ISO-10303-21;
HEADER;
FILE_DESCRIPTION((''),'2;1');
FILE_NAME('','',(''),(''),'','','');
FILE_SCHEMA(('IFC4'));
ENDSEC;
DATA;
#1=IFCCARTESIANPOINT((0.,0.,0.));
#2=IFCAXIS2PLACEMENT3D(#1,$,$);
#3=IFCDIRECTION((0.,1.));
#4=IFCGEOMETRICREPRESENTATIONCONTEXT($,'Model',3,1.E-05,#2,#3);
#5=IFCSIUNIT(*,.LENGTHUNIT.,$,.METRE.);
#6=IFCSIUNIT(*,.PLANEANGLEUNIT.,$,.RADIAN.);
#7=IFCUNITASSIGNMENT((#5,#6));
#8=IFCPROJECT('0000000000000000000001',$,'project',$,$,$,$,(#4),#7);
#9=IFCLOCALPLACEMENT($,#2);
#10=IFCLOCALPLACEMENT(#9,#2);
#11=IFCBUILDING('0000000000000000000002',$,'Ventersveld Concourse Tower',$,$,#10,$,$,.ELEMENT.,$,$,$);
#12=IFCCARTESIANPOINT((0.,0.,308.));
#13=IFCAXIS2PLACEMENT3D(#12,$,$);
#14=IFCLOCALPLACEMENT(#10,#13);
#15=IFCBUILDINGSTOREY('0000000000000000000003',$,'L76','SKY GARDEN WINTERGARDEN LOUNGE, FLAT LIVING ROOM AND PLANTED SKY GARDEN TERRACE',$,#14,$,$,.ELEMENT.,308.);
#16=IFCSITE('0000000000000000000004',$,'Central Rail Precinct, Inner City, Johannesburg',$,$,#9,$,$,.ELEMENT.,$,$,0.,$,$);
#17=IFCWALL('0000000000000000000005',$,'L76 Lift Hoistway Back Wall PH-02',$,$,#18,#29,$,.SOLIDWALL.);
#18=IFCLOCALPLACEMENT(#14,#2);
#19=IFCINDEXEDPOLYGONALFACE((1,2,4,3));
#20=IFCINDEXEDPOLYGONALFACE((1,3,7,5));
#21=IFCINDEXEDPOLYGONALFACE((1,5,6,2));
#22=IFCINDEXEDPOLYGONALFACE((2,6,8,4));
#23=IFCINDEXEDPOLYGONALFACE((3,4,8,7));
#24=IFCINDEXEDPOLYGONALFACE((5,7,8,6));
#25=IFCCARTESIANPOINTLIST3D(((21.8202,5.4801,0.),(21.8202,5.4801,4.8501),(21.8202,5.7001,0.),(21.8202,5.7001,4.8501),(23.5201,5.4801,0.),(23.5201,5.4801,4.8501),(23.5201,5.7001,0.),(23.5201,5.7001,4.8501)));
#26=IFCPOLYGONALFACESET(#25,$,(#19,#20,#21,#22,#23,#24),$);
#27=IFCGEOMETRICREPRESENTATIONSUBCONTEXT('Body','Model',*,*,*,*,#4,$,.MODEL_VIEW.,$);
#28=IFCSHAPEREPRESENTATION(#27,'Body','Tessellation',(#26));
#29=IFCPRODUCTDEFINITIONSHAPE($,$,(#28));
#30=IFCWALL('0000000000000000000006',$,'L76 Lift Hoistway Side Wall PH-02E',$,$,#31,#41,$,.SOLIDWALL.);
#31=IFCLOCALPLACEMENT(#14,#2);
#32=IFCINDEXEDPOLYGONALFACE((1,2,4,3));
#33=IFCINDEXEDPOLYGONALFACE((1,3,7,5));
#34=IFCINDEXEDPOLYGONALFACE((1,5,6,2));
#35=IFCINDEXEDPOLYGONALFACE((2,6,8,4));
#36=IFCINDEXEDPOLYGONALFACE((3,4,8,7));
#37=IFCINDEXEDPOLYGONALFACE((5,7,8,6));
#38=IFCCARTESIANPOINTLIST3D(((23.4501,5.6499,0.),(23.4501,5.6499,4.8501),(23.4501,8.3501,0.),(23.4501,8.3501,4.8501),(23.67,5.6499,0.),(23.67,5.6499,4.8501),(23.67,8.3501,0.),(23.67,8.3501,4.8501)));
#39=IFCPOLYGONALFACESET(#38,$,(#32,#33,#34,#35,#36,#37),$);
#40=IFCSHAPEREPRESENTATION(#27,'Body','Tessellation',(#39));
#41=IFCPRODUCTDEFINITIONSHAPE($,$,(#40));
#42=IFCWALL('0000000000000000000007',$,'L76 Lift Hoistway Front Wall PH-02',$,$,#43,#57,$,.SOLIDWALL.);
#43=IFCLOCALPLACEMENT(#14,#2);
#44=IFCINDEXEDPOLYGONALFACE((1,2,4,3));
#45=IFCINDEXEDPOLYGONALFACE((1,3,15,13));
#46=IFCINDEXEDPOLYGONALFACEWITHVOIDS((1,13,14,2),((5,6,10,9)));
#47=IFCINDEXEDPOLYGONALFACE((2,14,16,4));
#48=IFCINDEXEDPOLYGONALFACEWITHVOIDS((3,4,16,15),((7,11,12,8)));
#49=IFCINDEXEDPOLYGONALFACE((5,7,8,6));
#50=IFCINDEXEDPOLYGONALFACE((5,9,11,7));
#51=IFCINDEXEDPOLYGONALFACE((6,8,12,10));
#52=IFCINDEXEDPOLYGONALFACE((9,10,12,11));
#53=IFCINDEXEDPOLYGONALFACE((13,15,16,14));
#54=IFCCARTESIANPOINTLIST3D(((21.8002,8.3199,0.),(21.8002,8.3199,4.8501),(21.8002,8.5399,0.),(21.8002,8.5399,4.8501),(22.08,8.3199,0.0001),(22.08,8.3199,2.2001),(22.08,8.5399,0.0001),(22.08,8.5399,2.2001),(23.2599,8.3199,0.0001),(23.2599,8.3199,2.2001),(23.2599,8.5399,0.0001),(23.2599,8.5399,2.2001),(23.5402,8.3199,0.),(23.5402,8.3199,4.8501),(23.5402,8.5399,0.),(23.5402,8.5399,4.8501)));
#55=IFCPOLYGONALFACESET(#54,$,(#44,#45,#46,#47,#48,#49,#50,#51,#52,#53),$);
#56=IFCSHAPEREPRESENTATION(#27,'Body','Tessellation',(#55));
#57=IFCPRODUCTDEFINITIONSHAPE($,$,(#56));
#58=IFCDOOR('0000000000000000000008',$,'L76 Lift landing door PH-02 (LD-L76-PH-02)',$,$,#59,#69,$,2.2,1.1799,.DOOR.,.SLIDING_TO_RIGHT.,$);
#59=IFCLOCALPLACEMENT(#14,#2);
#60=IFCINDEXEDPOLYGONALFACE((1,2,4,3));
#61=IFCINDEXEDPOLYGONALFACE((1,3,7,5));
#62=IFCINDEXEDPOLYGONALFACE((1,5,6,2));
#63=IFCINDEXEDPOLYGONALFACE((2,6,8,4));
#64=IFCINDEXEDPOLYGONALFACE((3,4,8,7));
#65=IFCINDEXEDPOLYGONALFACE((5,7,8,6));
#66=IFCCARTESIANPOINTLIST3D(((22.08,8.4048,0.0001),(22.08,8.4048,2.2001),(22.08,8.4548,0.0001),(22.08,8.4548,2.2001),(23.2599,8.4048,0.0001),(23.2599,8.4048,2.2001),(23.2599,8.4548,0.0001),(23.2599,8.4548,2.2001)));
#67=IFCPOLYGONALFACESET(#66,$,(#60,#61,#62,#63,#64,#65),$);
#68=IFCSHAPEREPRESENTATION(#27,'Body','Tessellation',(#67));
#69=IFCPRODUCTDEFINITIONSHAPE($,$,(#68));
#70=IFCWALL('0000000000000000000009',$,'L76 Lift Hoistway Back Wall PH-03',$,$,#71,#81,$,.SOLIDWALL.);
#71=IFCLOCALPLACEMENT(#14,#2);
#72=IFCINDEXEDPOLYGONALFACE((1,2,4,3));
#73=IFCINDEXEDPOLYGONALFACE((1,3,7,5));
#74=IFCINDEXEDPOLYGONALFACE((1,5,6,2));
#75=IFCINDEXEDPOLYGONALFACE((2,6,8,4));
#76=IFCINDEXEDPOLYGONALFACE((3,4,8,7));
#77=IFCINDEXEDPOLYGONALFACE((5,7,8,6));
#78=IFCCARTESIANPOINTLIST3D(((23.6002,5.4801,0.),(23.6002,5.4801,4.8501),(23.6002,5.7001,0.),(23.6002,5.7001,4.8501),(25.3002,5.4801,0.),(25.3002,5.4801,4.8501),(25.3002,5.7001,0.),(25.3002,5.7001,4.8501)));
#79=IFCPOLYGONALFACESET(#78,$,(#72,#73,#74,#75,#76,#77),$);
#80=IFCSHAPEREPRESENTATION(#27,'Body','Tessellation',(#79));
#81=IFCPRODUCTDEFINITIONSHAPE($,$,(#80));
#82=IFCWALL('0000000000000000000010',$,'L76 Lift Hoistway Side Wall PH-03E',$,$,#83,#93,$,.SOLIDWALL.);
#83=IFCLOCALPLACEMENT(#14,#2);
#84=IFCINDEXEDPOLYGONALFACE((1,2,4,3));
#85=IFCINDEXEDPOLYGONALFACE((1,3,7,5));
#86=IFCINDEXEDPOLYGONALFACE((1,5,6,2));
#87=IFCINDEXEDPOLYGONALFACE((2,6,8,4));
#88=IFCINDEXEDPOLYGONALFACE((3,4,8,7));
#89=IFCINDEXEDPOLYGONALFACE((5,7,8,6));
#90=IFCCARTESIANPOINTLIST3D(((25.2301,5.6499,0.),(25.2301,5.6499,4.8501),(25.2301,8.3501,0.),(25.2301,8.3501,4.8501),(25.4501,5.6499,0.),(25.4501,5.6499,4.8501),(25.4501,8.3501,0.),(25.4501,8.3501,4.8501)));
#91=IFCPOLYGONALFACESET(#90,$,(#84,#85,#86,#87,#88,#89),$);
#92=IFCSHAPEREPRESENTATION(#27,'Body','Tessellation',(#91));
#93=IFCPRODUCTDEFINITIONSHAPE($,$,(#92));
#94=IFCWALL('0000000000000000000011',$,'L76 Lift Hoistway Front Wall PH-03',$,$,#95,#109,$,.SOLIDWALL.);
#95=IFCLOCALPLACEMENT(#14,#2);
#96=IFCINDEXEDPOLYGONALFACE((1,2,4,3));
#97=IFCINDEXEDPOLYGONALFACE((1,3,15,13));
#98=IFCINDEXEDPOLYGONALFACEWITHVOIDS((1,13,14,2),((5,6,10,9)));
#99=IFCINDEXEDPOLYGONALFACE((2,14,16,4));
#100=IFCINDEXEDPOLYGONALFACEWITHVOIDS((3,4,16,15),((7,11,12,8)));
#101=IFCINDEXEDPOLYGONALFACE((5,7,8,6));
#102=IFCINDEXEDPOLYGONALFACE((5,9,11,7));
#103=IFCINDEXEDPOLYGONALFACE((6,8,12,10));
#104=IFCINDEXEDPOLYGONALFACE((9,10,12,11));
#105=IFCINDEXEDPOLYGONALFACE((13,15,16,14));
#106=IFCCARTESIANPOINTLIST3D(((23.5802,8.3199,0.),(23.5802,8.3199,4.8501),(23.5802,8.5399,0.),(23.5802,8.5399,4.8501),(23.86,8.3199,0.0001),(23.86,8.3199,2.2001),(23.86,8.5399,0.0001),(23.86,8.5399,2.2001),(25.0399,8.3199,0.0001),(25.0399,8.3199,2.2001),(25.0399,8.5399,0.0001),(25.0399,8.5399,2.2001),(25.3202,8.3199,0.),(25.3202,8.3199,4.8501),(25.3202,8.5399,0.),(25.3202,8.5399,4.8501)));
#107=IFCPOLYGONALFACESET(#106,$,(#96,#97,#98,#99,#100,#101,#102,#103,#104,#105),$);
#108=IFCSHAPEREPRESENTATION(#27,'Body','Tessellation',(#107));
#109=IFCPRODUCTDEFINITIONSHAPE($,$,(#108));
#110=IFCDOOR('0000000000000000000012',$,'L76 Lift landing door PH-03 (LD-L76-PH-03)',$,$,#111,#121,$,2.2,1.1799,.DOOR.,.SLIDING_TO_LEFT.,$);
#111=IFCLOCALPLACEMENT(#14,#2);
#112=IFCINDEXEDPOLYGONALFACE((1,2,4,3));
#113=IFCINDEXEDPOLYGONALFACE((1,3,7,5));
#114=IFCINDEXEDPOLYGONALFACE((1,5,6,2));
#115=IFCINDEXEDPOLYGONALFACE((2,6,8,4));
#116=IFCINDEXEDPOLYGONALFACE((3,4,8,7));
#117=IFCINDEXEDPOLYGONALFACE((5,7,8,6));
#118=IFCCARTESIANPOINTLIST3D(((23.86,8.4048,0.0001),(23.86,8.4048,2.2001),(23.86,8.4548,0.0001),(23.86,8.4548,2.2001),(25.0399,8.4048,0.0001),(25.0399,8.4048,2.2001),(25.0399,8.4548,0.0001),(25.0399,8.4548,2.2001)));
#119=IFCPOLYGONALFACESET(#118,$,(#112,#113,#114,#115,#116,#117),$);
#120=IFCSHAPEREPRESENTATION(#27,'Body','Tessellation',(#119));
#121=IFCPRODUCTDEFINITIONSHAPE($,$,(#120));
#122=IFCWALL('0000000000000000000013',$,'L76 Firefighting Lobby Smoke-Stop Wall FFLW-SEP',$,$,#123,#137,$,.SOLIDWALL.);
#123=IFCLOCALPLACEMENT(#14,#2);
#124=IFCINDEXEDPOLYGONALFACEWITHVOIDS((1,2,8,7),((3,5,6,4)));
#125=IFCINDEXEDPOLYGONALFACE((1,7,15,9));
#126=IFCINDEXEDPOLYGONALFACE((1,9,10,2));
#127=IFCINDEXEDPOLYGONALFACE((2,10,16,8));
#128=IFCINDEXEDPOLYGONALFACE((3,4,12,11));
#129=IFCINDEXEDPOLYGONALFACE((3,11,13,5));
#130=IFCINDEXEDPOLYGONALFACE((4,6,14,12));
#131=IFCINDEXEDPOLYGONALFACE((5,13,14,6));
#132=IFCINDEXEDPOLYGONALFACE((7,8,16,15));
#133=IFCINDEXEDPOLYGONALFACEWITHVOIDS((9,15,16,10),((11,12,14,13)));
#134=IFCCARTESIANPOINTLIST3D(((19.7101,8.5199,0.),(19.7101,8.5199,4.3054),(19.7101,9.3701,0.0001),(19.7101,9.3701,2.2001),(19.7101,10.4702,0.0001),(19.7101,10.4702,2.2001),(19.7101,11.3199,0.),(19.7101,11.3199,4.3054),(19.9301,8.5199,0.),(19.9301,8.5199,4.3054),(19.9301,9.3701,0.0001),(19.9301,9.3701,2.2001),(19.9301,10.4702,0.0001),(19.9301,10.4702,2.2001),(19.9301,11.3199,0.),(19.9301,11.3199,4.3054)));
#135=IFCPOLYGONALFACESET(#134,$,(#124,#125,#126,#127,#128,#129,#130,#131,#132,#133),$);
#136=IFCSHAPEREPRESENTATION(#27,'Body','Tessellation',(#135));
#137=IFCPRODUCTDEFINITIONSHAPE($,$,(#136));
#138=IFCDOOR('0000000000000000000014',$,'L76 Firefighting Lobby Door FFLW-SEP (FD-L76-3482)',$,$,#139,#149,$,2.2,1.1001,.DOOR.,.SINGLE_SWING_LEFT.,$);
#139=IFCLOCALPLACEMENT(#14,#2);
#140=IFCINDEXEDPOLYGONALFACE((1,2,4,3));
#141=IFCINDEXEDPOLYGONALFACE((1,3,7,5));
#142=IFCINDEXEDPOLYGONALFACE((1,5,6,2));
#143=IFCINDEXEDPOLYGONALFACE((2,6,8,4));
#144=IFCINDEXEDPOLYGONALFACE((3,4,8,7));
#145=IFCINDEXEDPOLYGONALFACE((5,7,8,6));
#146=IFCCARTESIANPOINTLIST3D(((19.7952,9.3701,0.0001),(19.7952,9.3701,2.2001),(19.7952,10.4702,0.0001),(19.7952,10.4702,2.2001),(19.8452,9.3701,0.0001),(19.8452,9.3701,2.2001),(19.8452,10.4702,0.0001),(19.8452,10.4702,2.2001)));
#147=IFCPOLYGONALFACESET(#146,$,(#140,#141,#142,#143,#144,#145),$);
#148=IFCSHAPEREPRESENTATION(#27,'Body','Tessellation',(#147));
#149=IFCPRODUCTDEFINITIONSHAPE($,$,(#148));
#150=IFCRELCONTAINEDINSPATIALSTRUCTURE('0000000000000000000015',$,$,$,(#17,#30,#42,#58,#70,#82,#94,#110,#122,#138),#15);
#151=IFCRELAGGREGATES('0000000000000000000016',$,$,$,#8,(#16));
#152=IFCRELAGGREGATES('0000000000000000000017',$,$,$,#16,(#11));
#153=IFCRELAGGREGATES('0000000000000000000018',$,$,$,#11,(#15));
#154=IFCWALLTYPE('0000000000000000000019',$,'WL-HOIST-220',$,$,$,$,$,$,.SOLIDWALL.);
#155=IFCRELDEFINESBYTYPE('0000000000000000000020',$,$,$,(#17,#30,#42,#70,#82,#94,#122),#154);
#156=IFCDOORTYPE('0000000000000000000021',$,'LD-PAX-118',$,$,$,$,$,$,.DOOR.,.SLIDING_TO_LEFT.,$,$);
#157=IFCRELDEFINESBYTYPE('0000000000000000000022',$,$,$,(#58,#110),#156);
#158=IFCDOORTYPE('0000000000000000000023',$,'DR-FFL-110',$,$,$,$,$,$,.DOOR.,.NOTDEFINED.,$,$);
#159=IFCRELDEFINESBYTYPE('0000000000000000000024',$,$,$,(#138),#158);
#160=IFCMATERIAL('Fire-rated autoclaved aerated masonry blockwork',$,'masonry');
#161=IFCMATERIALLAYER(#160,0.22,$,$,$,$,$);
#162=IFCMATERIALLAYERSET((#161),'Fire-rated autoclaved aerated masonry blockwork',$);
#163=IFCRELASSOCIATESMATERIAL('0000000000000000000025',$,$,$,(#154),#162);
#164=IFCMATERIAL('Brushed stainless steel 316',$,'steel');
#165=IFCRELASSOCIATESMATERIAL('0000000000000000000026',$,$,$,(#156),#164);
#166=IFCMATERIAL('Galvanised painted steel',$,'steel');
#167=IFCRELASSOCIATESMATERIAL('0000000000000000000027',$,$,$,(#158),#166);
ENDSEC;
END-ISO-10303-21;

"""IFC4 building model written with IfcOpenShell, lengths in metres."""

from ifc_helpers import new_model, si_unit, direction, frame, frame_2d, origin, place, context, subcontext, project, spatial, rectangle, extrude, material, layer, layer_set, type_object, element, fill, save


model = new_model("IFC4")

# Units and contexts
model_context = context("Model", 3, precision=1e-05, world=origin(), true_north=direction((0.0, 1.0)))
body_context = subcontext(model_context, "Body", "Model", "MODEL_VIEW")
ifc_project = project(units=[si_unit("LENGTHUNIT", "METRE"), si_unit("PLANEANGLEUNIT", "RADIAN")], contexts=[model_context])

# Site, building, storey
site_placement = place(None, origin())
site = spatial("IfcSite", under=ifc_project, at=site_placement, Name="Central Rail Precinct, Inner City, Johannesburg", CompositionType="ELEMENT", RefElevation=0.0)
building_placement = place(site_placement, origin())
building = spatial("IfcBuilding", under=site, at=building_placement, Name="Ventersveld Concourse Tower", CompositionType="ELEMENT")
storey_placement = place(building_placement, frame((0.0, 0.0, 308.0)))
storey = spatial("IfcBuildingStorey", under=building, at=storey_placement, Name="L76", Description="SKY GARDEN WINTERGARDEN LOUNGE, FLAT LIVING ROOM AND PLANTED SKY GARDEN TERRACE", CompositionType="ELEMENT", Elevation=308.0)

# Shared definitions
ifc_material_1 = material(Name="Fire-rated autoclaved aerated masonry blockwork", Category="masonry")
ifc_material_2 = material(Name="Galvanised painted steel", Category="steel")

# Shared definitions
ifc_layer_1 = layer(ifc_material_1, 0.22)
ifc_layer_set_1 = layer_set([ifc_layer_1], Name="Fire-rated autoclaved aerated masonry blockwork")
wall_type_1 = type_object("IfcWallType", Name="WL-HOIST-220", PredefinedType="SOLIDWALL", material=ifc_layer_set_1)

# Shared definitions
ifc_material_3 = material(Name="Brushed stainless steel 316", Category="steel")
door_type_1 = type_object("IfcDoorType", Name="LD-PAX-118", OperationType="SLIDING_TO_LEFT", PredefinedType="DOOR", material=ifc_material_3)

# Walls
wall_1_placement = place(storey_placement, frame((21.8201, 5.5901, 0.0), z_axis=(0.0, 0.0, 1.0), x_axis=(1.0, 0.0, 0.0)))
element("IfcWall", 1, at=wall_1_placement, inside=storey, type_object=wall_type_1, Name="L76 Lift Hoistway Back Wall PH-02", PredefinedType="SOLIDWALL", context=body_context, shape_type="SweptSolid", body=[
    extrude(rectangle(XDim=1.7, YDim=0.22, at=frame_2d((0.8501, 0.0))), origin(), (0.0, 0.0, 1.0), 4.8501),
])
wall_2_placement = place(storey_placement, frame((23.5601, 5.6499, 0.0), z_axis=(0.0, 0.0, 1.0), x_axis=(0.0, 1.0, 0.0)))
element("IfcWall", 2, at=wall_2_placement, inside=storey, type_object=wall_type_1, Name="L76 Lift Hoistway Side Wall PH-02E", PredefinedType="SOLIDWALL", context=body_context, shape_type="SweptSolid", body=[
    extrude(rectangle(XDim=2.7002, YDim=0.22, at=frame_2d((1.3501, 0.0))), origin(), (0.0, 0.0, 1.0), 4.8501),
])

# Wall, opening, door
wall_3_placement = place(storey_placement, frame((21.8, 8.4299, 0.0), z_axis=(0.0, 0.0, 1.0), x_axis=(1.0, 0.0, 0.0)))
wall_3 = element("IfcWall", 3, at=wall_3_placement, inside=storey, type_object=wall_type_1, Name="L76 Lift Hoistway Front Wall PH-02", PredefinedType="SOLIDWALL", context=body_context, shape_type="SweptSolid", body=[
    extrude(rectangle(XDim=1.74, YDim=0.22, at=frame_2d((0.8701, 0.0))), origin(), (0.0, 0.0, 1.0), 4.8501),
])
opening_1_placement = place(wall_3_placement, frame((0.28, 0.0, 0.0)))
opening_1 = element("IfcOpeningElement", 4, at=opening_1_placement, cuts=wall_3, PredefinedType="OPENING", context=body_context, shape_type="SweptSolid", body=[
    extrude(rectangle(XDim=1.1799, YDim=2.2, at=frame_2d((0.5898, 1.1001))), frame((0.0, 0.1201, 0.0), z_axis=(0.0, -1.0, 0.0), x_axis=(1.0, 0.0, 0.0)), (0.0, 0.0, 1.0), 0.24),
])
door_1_placement = place(opening_1_placement, origin())
door_1 = element("IfcDoor", 5, at=door_1_placement, inside=storey, type_object=door_type_1, Name="L76 Lift landing door PH-02 (LD-L76-PH-02)", OperationType="SLIDING_TO_RIGHT", OverallHeight=2.2, OverallWidth=1.1799, PredefinedType="DOOR", context=body_context, shape_type="SweptSolid", body=[
    extrude(rectangle(XDim=1.1799, YDim=2.2, at=frame_2d((0.5898, 1.1001))), frame((0.0, 0.0249, 0.0), z_axis=(0.0, -1.0, 0.0), x_axis=(1.0, 0.0, 0.0)), (0.0, 0.0, 1.0), 0.05),
])
fill(opening_1, door_1)

# Walls
wall_4_placement = place(storey_placement, frame((23.6001, 5.5901, 0.0), z_axis=(0.0, 0.0, 1.0), x_axis=(1.0, 0.0, 0.0)))
element("IfcWall", 6, at=wall_4_placement, inside=storey, type_object=wall_type_1, Name="L76 Lift Hoistway Back Wall PH-03", PredefinedType="SOLIDWALL", context=body_context, shape_type="SweptSolid", body=[
    extrude(rectangle(XDim=1.7, YDim=0.22, at=frame_2d((0.8501, 0.0))), origin(), (0.0, 0.0, 1.0), 4.8501),
])
wall_5_placement = place(storey_placement, frame((25.3401, 5.6499, 0.0), z_axis=(0.0, 0.0, 1.0), x_axis=(0.0, 1.0, 0.0)))
element("IfcWall", 7, at=wall_5_placement, inside=storey, type_object=wall_type_1, Name="L76 Lift Hoistway Side Wall PH-03E", PredefinedType="SOLIDWALL", context=body_context, shape_type="SweptSolid", body=[
    extrude(rectangle(XDim=2.7002, YDim=0.22, at=frame_2d((1.3501, 0.0))), origin(), (0.0, 0.0, 1.0), 4.8501),
])

# Walls, openings, doors
wall_6_placement = place(storey_placement, frame((23.5801, 8.4299, 0.0), z_axis=(0.0, 0.0, 1.0), x_axis=(1.0, 0.0, 0.0)))
wall_6 = element("IfcWall", 8, at=wall_6_placement, inside=storey, type_object=wall_type_1, Name="L76 Lift Hoistway Front Wall PH-03", PredefinedType="SOLIDWALL", context=body_context, shape_type="SweptSolid", body=[
    extrude(rectangle(XDim=1.74, YDim=0.22, at=frame_2d((0.8701, 0.0))), origin(), (0.0, 0.0, 1.0), 4.8501),
])
opening_2_placement = place(wall_6_placement, frame((0.28, 0.0, 0.0)))
opening_2 = element("IfcOpeningElement", 9, at=opening_2_placement, cuts=wall_6, PredefinedType="OPENING", context=body_context, shape_type="SweptSolid", body=[
    extrude(rectangle(XDim=1.1799, YDim=2.2, at=frame_2d((0.5898, 1.1001))), frame((0.0, 0.1201, 0.0), z_axis=(0.0, -1.0, 0.0), x_axis=(1.0, 0.0, 0.0)), (0.0, 0.0, 1.0), 0.24),
])
door_2_placement = place(opening_2_placement, origin())
door_2 = element("IfcDoor", 10, at=door_2_placement, inside=storey, type_object=door_type_1, Name="L76 Lift landing door PH-03 (LD-L76-PH-03)", OperationType="SLIDING_TO_LEFT", OverallHeight=2.2, OverallWidth=1.1799, PredefinedType="DOOR", context=body_context, shape_type="SweptSolid", body=[
    extrude(rectangle(XDim=1.1799, YDim=2.2, at=frame_2d((0.5898, 1.1001))), frame((0.0, 0.0249, 0.0), z_axis=(0.0, -1.0, 0.0), x_axis=(1.0, 0.0, 0.0)), (0.0, 0.0, 1.0), 0.05),
])
fill(opening_2, door_2)
wall_7_placement = place(storey_placement, frame((19.8201, 8.52, 0.0), z_axis=(0.0, 0.0, 1.0), x_axis=(0.0, 1.0, 0.0)))
wall_7 = element("IfcWall", 11, at=wall_7_placement, inside=storey, type_object=wall_type_1, Name="L76 Firefighting Lobby Smoke-Stop Wall FFLW-SEP", PredefinedType="SOLIDWALL", context=body_context, shape_type="SweptSolid", body=[
    extrude(rectangle(XDim=2.8, YDim=0.22, at=frame_2d((1.3999, 0.0))), origin(), (0.0, 0.0, 1.0), 4.3054),
])
opening_3_placement = place(wall_7_placement, frame((0.8501, 0.0, 0.0)))
opening_3 = element("IfcOpeningElement", 12, at=opening_3_placement, cuts=wall_7, PredefinedType="OPENING", context=body_context, shape_type="SweptSolid", body=[
    extrude(rectangle(XDim=1.1001, YDim=2.2, at=frame_2d((0.55, 1.1001))), frame((0.0, 0.1201, 0.0), z_axis=(0.0, -1.0, 0.0), x_axis=(1.0, 0.0, 0.0)), (0.0, 0.0, 1.0), 0.24),
])
door_type_2 = type_object("IfcDoorType", Name="DR-FFL-110", OperationType="NOTDEFINED", PredefinedType="DOOR", material=ifc_material_2)
door_3_placement = place(opening_3_placement, origin())
door_3 = element("IfcDoor", 13, at=door_3_placement, inside=storey, type_object=door_type_2, Name="L76 Firefighting Lobby Door FFLW-SEP (FD-L76-3482)", OperationType="SINGLE_SWING_LEFT", OverallHeight=2.2, OverallWidth=1.1001, PredefinedType="DOOR", context=body_context, shape_type="SweptSolid", body=[
    extrude(rectangle(XDim=1.1001, YDim=2.2, at=frame_2d((0.55, 1.1001))), frame((0.0, 0.0249, 0.0), z_axis=(0.0, -1.0, 0.0), x_axis=(1.0, 0.0, 0.0)), (0.0, 0.0, 1.0), 0.05),
])
fill(opening_3, door_3)

save(model, "model.ifc")
